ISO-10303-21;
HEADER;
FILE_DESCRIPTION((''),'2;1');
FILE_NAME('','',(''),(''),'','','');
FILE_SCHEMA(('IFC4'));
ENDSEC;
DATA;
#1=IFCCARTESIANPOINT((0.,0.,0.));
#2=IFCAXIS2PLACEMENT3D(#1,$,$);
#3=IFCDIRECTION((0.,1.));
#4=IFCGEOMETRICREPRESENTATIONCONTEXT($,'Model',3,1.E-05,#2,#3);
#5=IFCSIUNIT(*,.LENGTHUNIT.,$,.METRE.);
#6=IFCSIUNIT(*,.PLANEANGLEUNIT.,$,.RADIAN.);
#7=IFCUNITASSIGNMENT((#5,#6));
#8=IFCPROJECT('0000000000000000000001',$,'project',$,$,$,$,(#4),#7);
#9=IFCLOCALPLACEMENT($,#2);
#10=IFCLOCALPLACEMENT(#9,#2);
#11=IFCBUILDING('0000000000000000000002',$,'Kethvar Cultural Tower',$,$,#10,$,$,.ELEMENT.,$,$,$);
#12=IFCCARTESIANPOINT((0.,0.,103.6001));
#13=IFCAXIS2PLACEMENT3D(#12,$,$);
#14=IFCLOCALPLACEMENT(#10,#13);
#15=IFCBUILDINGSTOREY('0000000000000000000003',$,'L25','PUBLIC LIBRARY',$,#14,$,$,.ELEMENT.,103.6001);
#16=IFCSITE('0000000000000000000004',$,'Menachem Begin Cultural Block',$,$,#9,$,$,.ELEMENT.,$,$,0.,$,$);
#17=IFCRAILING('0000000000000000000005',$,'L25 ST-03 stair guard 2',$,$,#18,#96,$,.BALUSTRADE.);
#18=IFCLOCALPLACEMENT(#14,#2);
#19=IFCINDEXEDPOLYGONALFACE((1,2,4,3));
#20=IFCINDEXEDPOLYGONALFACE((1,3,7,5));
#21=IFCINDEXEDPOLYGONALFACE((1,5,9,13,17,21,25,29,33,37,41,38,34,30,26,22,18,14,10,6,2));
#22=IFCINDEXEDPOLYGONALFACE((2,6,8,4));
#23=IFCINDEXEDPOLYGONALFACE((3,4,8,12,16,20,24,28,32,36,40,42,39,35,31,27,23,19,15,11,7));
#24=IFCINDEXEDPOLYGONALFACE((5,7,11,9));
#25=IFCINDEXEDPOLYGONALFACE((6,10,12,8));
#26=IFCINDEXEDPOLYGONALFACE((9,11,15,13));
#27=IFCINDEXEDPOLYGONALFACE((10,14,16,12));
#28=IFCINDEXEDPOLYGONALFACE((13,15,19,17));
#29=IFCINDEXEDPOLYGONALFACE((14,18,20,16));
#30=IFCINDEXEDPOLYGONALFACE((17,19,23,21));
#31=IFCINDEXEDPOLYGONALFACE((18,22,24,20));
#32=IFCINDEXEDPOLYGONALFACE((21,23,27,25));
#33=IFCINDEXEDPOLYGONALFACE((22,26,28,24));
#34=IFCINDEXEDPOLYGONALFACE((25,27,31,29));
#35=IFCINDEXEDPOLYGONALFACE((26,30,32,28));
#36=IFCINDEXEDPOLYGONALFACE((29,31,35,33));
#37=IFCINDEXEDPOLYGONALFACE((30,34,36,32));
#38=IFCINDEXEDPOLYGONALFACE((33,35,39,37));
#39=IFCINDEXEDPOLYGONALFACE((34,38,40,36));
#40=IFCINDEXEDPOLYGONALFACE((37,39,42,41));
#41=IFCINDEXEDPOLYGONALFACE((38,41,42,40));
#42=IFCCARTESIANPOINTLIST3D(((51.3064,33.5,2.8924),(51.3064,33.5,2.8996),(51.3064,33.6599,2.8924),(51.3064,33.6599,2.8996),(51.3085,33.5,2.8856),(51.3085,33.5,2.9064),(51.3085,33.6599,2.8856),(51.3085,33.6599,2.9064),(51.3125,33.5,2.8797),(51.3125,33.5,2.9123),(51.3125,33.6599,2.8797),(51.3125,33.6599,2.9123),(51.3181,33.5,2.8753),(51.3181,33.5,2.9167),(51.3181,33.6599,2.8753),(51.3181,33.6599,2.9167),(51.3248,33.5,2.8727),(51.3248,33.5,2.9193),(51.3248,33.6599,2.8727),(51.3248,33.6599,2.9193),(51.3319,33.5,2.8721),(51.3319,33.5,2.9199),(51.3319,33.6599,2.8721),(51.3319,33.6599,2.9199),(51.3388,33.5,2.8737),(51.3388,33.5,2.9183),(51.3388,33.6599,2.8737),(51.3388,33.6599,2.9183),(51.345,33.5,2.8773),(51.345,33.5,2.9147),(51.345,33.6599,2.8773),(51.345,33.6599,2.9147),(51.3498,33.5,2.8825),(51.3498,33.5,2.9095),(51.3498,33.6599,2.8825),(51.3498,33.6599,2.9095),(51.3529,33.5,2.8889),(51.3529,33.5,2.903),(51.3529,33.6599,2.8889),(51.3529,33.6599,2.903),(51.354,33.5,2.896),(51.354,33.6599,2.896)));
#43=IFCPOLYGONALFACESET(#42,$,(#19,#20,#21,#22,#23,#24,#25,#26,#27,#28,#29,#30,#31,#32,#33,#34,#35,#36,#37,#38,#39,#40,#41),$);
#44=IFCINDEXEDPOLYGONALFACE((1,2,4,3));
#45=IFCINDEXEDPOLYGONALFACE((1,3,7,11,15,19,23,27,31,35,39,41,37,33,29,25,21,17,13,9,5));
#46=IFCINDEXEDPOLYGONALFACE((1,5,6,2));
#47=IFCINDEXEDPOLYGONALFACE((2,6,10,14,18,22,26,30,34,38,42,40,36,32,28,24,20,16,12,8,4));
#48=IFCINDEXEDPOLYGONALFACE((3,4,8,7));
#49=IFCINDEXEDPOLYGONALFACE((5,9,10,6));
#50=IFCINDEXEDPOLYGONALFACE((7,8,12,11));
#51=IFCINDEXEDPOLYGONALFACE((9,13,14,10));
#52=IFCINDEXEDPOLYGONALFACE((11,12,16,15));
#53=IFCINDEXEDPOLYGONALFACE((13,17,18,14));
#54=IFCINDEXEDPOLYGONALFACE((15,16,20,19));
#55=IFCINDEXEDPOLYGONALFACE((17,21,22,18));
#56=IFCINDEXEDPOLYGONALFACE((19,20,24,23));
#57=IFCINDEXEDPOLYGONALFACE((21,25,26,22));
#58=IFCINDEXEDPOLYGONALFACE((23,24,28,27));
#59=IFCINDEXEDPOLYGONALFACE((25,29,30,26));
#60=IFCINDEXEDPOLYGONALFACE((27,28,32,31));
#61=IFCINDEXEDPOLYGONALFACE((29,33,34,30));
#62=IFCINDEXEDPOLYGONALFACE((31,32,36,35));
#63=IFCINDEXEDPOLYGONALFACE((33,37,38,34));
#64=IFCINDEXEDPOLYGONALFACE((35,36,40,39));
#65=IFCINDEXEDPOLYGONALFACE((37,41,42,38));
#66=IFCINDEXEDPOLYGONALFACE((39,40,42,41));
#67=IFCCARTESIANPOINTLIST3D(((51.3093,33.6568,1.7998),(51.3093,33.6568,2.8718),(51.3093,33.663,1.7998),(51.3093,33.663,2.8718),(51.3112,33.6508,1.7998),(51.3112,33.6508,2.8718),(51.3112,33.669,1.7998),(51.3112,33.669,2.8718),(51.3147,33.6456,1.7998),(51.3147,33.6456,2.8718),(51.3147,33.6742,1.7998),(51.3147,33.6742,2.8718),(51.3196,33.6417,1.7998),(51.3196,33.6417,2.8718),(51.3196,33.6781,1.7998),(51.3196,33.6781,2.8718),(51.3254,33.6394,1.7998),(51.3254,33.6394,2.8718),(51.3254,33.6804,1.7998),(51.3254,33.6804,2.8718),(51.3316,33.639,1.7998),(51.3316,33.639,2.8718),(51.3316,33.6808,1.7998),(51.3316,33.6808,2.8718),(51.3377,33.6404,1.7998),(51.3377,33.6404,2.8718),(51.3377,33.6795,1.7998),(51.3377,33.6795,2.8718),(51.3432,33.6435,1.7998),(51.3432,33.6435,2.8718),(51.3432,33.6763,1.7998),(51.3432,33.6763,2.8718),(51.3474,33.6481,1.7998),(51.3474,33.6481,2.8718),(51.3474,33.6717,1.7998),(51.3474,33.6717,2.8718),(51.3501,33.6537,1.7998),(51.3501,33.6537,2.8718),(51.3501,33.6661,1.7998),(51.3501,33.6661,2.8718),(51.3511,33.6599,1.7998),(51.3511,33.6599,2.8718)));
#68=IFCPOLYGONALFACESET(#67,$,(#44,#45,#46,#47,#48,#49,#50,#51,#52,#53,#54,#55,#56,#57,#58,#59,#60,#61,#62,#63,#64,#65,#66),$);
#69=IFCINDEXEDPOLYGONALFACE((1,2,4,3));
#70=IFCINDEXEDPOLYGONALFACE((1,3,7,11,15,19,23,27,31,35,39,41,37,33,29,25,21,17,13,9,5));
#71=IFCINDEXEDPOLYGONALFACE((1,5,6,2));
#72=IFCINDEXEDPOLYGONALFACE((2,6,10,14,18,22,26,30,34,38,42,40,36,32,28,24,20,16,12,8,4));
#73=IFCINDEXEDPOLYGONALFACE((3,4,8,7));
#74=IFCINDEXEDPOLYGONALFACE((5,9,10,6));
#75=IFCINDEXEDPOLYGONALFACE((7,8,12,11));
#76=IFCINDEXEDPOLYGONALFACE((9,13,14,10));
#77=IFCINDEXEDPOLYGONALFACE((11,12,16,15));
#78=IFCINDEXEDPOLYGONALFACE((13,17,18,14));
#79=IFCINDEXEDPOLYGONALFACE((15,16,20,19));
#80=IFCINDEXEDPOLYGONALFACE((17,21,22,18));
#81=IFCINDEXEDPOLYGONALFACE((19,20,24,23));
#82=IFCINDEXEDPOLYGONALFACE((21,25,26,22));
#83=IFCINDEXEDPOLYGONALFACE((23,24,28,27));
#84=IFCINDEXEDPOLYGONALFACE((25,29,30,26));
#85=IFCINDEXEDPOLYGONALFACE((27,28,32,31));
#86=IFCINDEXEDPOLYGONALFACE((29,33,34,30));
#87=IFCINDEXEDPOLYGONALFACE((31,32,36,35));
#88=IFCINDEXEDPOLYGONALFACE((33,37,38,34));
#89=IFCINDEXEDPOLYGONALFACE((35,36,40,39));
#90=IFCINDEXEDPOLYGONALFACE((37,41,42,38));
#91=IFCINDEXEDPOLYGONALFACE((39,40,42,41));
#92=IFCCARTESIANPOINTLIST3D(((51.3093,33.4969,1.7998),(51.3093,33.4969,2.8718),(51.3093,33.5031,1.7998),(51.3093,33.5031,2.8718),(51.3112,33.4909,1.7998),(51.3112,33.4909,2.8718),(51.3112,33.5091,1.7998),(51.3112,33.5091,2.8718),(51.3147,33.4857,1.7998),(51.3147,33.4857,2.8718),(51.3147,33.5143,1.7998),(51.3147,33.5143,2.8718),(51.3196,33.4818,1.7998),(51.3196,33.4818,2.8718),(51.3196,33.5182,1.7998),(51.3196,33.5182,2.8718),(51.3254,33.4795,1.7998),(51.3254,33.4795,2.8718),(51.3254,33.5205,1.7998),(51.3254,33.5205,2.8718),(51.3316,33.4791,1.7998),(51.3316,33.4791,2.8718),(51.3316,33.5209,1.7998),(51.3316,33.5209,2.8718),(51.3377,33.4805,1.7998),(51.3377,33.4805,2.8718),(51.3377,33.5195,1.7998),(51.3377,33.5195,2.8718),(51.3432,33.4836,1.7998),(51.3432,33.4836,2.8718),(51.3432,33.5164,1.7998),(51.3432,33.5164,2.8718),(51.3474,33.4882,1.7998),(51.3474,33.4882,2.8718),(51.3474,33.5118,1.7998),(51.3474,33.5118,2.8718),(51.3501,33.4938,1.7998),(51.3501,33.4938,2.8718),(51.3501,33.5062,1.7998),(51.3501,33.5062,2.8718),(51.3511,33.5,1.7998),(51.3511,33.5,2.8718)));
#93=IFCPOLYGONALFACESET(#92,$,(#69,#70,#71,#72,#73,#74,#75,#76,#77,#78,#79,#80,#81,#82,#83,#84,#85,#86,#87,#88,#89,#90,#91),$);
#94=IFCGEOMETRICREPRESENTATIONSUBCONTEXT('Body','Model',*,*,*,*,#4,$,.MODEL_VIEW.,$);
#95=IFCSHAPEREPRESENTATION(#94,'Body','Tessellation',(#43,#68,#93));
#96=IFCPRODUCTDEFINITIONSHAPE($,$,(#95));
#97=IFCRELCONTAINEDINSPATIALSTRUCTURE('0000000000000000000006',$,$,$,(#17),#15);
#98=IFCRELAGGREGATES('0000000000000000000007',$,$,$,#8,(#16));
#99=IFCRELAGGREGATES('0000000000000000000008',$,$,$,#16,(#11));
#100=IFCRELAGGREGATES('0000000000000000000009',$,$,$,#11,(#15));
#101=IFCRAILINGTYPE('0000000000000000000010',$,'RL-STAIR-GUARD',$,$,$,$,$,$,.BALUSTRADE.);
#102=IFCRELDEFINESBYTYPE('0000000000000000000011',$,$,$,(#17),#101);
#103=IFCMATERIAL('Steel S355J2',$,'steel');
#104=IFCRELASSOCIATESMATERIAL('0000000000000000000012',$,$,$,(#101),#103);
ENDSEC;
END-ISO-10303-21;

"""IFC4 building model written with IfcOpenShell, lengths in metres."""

from ifc_helpers import new_model, si_unit, direction, frame, origin, origin_2d, place, context, subcontext, project, spatial, circle, extrude, material, type_object, element, save


model = new_model("IFC4")

# Units and contexts
model_context = context("Model", 3, precision=1e-05, world=origin(), true_north=direction((0.0, 1.0)))
body_context = subcontext(model_context, "Body", "Model", "MODEL_VIEW")
ifc_project = project(units=[si_unit("LENGTHUNIT", "METRE"), si_unit("PLANEANGLEUNIT", "RADIAN")], contexts=[model_context])

# Site, building, storey
site_placement = place(None, origin())
site = spatial("IfcSite", under=ifc_project, at=site_placement, Name="Menachem Begin Cultural Block", CompositionType="ELEMENT", RefElevation=0.0)
building_placement = place(site_placement, origin())
building = spatial("IfcBuilding", under=site, at=building_placement, Name="Kethvar Cultural Tower", CompositionType="ELEMENT")
storey_placement = place(building_placement, frame((0.0, 0.0, 103.6001)))
storey = spatial("IfcBuildingStorey", under=building, at=storey_placement, Name="L25", Description="PUBLIC LIBRARY", CompositionType="ELEMENT", Elevation=103.6001)

# Shared definitions
ifc_material_1 = material(Name="Steel S355J2", Category="steel")

# Railing
railing_type_1 = type_object("IfcRailingType", Name="RL-STAIR-GUARD", PredefinedType="BALUSTRADE", material=ifc_material_1)
railing_1_placement = place(storey_placement, frame((51.3301, 33.6599, 1.7998)))
element("IfcRailing", 1, at=railing_1_placement, inside=storey, type_object=railing_type_1, Name="L25 ST-03 stair guard 2", PredefinedType="BALUSTRADE", context=body_context, shape_type="SweptSolid", body=[
    extrude(circle(Radius=0.0239, at=origin_2d()), frame((0.0, 0.0, 1.0962), z_axis=(0.0, -1.0, 0.0), x_axis=(1.0, 0.0, 0.0)), (0.0, 0.0, 1.0), 0.1599),
    extrude(circle(Radius=0.021, at=origin_2d()), origin(), (0.0, 0.0, 1.0), 1.072),
    extrude(circle(Radius=0.021, at=origin_2d()), frame((0.0, -0.1599, 0.0)), (0.0, 0.0, 1.0), 1.072),
])

save(model, "model.ifc")
